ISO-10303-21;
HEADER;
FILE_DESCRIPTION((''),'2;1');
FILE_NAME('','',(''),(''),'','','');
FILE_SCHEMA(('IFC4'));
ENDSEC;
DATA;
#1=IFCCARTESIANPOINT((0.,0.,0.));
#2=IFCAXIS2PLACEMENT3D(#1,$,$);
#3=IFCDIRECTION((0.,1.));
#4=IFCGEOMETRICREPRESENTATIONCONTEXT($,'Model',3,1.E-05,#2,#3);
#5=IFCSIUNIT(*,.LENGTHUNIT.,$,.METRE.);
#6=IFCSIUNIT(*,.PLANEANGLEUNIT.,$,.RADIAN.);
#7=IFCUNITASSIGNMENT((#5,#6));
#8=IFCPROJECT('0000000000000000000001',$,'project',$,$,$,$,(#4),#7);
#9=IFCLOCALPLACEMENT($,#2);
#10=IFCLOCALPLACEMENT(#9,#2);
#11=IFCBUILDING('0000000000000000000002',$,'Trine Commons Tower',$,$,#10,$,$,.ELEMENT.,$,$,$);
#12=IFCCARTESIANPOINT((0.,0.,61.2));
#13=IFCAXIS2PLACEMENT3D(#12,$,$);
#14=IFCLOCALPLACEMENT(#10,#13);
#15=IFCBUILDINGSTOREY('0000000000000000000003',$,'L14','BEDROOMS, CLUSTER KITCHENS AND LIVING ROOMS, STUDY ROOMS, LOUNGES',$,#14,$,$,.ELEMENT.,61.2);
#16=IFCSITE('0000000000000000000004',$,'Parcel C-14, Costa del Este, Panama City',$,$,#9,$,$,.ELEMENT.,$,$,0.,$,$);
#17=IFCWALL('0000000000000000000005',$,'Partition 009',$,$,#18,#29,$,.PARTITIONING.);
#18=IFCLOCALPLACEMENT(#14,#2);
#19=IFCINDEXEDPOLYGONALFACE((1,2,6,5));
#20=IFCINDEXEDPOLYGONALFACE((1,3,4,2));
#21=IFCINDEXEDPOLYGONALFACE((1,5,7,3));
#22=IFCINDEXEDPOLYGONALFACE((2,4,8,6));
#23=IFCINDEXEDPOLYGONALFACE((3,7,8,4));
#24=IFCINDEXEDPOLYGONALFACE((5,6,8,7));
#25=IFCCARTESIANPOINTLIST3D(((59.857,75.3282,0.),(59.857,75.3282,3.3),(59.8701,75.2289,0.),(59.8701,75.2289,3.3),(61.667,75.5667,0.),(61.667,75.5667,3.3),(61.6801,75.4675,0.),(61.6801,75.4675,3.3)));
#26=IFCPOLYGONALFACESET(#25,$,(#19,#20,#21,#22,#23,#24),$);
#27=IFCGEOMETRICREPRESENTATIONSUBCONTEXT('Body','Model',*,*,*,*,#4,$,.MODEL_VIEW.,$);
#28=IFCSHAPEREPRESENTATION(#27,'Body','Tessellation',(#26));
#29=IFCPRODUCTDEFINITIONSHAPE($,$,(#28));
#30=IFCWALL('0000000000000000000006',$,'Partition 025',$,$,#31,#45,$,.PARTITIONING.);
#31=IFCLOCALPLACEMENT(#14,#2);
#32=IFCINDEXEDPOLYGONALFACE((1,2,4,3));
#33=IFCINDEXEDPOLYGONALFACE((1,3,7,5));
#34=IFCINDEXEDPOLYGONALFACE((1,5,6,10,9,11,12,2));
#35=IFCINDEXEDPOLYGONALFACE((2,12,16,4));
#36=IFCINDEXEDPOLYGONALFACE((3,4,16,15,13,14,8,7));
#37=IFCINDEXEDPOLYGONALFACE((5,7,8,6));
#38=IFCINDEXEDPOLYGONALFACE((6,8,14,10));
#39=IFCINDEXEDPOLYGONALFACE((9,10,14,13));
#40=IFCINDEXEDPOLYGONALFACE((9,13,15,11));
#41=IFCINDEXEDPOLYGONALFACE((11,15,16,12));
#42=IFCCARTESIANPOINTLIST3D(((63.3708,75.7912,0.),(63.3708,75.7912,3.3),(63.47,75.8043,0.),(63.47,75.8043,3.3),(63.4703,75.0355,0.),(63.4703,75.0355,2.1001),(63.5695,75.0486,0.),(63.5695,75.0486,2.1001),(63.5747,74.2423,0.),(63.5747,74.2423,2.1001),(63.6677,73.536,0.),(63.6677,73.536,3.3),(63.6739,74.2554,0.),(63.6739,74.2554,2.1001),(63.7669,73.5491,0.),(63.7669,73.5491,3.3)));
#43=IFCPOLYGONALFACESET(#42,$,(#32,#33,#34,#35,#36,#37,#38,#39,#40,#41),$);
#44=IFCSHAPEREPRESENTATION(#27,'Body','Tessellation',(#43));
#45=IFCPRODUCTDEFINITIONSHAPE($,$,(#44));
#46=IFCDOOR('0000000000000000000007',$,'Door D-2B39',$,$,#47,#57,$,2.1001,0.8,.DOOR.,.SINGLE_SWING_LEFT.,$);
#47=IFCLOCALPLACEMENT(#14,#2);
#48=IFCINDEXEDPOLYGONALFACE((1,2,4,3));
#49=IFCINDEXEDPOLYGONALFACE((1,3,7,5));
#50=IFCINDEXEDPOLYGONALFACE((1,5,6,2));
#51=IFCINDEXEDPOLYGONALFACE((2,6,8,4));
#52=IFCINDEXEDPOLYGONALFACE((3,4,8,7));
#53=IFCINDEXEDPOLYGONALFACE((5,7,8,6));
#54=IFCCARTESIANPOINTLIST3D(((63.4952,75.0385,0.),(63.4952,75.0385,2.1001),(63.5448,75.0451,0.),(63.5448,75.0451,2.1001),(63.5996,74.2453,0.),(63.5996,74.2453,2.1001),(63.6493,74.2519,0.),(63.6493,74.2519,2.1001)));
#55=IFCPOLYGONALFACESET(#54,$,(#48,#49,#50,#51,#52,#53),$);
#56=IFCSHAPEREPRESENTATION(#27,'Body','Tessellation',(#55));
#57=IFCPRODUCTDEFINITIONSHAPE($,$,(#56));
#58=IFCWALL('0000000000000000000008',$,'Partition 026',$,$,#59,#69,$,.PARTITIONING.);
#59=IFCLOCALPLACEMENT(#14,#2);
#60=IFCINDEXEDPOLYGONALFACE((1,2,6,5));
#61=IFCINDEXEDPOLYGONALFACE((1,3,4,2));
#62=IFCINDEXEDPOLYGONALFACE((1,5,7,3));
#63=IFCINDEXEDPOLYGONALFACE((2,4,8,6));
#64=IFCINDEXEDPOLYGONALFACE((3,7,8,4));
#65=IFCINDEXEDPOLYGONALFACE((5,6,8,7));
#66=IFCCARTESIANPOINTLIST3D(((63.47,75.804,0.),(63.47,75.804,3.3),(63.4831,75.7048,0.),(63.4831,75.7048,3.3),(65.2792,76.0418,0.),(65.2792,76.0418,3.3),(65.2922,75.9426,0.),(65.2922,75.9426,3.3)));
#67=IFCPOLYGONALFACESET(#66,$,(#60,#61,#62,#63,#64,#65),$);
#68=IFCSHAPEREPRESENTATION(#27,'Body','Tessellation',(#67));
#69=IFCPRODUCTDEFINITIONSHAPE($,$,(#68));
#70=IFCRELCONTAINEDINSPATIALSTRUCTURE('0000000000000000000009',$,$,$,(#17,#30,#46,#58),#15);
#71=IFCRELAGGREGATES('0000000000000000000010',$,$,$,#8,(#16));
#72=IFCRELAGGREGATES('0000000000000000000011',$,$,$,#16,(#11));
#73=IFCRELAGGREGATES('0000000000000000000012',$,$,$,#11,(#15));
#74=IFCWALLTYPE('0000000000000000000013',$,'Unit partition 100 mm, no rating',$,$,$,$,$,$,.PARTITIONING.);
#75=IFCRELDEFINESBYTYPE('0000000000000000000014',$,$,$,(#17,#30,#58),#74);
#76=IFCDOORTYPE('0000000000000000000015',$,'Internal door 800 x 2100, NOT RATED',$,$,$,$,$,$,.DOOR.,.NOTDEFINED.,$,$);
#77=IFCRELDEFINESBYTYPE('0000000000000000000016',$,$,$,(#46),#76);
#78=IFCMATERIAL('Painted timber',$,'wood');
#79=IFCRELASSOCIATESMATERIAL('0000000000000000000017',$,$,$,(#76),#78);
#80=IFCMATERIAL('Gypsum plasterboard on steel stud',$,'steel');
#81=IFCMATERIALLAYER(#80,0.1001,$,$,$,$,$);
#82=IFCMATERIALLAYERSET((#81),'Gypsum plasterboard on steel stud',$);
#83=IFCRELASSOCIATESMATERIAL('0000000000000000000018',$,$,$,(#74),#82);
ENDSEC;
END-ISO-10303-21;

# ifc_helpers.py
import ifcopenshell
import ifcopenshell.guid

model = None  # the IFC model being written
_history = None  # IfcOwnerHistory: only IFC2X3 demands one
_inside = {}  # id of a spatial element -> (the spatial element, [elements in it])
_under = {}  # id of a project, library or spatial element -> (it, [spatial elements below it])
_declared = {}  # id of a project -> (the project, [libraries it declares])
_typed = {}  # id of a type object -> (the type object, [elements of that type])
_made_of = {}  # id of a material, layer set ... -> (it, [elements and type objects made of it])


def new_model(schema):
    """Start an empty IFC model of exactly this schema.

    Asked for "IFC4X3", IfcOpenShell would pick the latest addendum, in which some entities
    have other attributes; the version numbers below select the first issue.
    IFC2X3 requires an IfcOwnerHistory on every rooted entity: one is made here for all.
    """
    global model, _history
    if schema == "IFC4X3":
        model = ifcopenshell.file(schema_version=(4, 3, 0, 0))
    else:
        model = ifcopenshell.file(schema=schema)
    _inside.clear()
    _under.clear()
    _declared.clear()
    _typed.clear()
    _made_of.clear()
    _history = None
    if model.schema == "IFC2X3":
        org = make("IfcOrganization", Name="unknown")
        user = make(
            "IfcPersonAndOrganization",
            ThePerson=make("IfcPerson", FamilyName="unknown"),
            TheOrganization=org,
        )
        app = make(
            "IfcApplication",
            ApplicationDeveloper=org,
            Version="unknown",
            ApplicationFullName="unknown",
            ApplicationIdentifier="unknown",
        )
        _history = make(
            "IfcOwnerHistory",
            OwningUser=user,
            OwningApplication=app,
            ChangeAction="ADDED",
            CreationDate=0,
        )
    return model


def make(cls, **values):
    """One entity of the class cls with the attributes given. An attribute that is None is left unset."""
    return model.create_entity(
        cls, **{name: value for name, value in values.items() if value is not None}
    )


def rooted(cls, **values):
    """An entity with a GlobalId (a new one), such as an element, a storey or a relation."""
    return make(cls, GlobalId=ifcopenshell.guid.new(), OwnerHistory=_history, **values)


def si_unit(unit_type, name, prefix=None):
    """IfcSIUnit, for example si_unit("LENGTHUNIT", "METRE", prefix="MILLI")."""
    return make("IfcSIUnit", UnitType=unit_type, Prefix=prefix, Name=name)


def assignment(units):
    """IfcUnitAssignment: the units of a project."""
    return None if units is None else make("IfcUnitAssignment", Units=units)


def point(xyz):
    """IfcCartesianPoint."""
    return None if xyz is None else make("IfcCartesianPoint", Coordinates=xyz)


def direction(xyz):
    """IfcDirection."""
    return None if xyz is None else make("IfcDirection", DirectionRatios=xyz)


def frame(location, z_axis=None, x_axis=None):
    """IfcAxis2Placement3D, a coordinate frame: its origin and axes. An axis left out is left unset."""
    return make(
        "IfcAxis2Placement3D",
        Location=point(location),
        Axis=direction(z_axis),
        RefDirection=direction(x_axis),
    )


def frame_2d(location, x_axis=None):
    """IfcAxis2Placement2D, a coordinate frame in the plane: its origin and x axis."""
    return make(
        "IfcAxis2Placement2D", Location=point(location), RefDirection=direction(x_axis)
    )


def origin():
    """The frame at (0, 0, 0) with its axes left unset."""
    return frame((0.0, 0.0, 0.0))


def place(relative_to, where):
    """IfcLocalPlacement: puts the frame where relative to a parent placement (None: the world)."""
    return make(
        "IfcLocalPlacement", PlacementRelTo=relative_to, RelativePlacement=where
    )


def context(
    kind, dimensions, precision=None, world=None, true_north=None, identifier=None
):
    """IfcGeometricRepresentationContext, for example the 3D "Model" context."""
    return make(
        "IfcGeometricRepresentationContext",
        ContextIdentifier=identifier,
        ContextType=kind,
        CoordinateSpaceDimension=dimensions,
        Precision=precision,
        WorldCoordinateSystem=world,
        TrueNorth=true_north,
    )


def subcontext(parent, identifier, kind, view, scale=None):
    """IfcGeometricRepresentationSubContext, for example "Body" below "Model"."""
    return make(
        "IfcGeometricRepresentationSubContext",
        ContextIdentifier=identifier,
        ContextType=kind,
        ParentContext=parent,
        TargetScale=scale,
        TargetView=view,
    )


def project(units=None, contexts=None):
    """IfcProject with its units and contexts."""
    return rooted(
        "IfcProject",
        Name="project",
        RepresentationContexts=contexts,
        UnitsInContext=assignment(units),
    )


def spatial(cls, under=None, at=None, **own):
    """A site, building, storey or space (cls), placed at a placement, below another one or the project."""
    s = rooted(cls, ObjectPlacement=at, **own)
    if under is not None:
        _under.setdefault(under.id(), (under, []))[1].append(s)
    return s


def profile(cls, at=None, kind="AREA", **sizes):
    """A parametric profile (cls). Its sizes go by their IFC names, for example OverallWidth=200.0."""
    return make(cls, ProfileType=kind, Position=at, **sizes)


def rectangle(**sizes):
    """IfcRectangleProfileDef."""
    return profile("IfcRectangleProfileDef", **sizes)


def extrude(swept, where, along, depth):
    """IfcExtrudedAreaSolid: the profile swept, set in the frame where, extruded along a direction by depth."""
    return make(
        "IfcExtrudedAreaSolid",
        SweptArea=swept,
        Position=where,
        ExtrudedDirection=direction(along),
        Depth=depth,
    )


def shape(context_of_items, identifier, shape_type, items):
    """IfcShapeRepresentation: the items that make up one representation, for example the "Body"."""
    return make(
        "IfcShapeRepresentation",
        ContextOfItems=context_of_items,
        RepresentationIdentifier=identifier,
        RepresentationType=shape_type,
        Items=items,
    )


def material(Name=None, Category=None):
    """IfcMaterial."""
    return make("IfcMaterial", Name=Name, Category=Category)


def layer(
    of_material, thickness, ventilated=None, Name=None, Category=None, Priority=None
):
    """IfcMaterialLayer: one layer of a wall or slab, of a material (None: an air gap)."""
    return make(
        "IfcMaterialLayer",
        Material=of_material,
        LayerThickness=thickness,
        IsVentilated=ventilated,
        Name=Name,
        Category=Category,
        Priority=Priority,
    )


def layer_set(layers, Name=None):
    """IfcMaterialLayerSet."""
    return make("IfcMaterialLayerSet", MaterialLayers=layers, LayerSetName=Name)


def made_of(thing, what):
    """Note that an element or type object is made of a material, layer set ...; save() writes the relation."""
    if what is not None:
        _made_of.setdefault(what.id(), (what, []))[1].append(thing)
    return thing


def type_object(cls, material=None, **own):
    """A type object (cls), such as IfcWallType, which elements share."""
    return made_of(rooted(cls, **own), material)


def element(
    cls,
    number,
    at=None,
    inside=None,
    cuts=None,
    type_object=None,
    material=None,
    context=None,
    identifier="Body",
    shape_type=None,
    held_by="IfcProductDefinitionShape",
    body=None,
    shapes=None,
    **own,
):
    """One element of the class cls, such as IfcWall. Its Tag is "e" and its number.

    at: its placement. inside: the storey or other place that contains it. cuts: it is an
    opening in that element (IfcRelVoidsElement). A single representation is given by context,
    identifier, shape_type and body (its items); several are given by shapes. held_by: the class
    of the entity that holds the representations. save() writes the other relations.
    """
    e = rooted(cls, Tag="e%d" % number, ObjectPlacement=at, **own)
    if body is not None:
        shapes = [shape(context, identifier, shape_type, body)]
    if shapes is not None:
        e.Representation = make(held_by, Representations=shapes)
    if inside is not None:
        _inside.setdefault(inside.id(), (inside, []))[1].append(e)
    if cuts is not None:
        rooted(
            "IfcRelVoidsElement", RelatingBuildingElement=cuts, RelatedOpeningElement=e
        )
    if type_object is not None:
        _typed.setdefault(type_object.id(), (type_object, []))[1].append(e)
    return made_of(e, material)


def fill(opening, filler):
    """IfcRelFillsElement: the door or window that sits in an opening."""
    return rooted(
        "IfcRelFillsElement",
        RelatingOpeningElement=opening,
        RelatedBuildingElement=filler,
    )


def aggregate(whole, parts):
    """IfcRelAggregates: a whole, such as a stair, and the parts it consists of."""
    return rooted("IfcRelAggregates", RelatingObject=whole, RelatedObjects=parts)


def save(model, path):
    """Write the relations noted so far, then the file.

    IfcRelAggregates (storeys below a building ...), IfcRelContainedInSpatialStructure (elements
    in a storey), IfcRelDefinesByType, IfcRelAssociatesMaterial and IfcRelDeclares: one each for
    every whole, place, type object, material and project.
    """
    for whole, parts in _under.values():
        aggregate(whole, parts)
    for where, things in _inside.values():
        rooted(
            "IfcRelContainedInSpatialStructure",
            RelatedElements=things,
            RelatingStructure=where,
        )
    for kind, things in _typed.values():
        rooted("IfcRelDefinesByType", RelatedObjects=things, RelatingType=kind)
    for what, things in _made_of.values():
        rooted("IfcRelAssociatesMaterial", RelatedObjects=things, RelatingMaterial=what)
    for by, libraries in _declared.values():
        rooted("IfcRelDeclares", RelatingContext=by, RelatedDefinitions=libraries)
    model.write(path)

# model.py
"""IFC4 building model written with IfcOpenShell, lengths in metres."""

from ifc_helpers import new_model, si_unit, direction, frame, frame_2d, origin, place, context, subcontext, project, spatial, rectangle, extrude, material, layer, layer_set, type_object, element, fill, save


model = new_model("IFC4")

# Units and contexts
model_context = context("Model", 3, precision=1e-05, world=origin(), true_north=direction((0.0, 1.0)))
body_context = subcontext(model_context, "Body", "Model", "MODEL_VIEW")
ifc_project = project(units=[si_unit("LENGTHUNIT", "METRE"), si_unit("PLANEANGLEUNIT", "RADIAN")], contexts=[model_context])

# Site, building, storey
site_placement = place(None, origin())
site = spatial("IfcSite", under=ifc_project, at=site_placement, Name="Parcel C-14, Costa del Este, Panama City", CompositionType="ELEMENT", RefElevation=0.0)
building_placement = place(site_placement, origin())
building = spatial("IfcBuilding", under=site, at=building_placement, Name="Trine Commons Tower", CompositionType="ELEMENT")
storey_placement = place(building_placement, frame((0.0, 0.0, 61.2)))
storey = spatial("IfcBuildingStorey", under=building, at=storey_placement, Name="L14", Description="BEDROOMS, CLUSTER KITCHENS AND LIVING ROOMS, STUDY ROOMS, LOUNGES", CompositionType="ELEMENT", Elevation=61.2)

# Shared definitions
ifc_material_1 = material(Name="Gypsum plasterboard on steel stud", Category="steel")

# Shared definitions
ifc_material_2 = material(Name="Painted timber", Category="wood")
door_type_1 = type_object("IfcDoorType", Name="Internal door 800 x 2100, NOT RATED", OperationType="NOTDEFINED", PredefinedType="DOOR", material=ifc_material_2)

# Wall
ifc_layer_1 = layer(ifc_material_1, 0.1001)
ifc_layer_set_1 = layer_set([ifc_layer_1], Name="Gypsum plasterboard on steel stud")
wall_type_1 = type_object("IfcWallType", Name="Unit partition 100 mm, no rating", PredefinedType="PARTITIONING", material=ifc_layer_set_1)
wall_1_placement = place(storey_placement, frame((59.8635, 75.2786, 0.0), z_axis=(0.0, 0.0, 1.0), x_axis=(0.991429, 0.130648, 0.0)))
element("IfcWall", 1, at=wall_1_placement, inside=storey, type_object=wall_type_1, Name="Partition 009", PredefinedType="PARTITIONING", context=body_context, shape_type="SweptSolid", body=[
    extrude(rectangle(XDim=1.8257, YDim=0.1001, at=frame_2d((0.9128, 0.0))), origin(), (0.0, 0.0, 1.0), 3.3),
])

# Wall, opening, door
wall_2_placement = place(storey_placement, frame((63.4204, 75.7976, 0.0), z_axis=(0.0, 0.0, 1.0), x_axis=(0.130518, -0.991446, 0.0)))
wall_2 = element("IfcWall", 2, at=wall_2_placement, inside=storey, type_object=wall_type_1, Name="Partition 025", PredefinedType="PARTITIONING", context=body_context, shape_type="SweptSolid", body=[
    extrude(rectangle(XDim=2.2747, YDim=0.1001, at=frame_2d((1.1372, 0.0))), origin(), (0.0, 0.0, 1.0), 3.3),
])
opening_1_placement = place(wall_2_placement, frame((0.7622, 0.0, 0.0)))
opening_1 = element("IfcOpeningElement", 3, at=opening_1_placement, cuts=wall_2, PredefinedType="OPENING", context=body_context, shape_type="SweptSolid", body=[
    extrude(rectangle(XDim=0.8, YDim=2.1001, at=frame_2d((0.3999, 1.05))), frame((0.0, 0.0601, 0.0), z_axis=(0.0, -1.0, 0.0), x_axis=(1.0, 0.0, 0.0)), (0.0, 0.0, 1.0), 0.1201),
])
door_1_placement = place(opening_1_placement, frame((0.8, 0.0, 0.0), z_axis=(0.0, 0.0, 1.0), x_axis=(-1.0, 0.0, 0.0)))
door_1 = element("IfcDoor", 4, at=door_1_placement, inside=storey, type_object=door_type_1, Name="Door D-2B39", OperationType="SINGLE_SWING_LEFT", OverallHeight=2.1001, OverallWidth=0.8, PredefinedType="DOOR", context=body_context, shape_type="SweptSolid", body=[
    extrude(rectangle(XDim=0.8, YDim=2.1001, at=frame_2d((0.3999, 1.05))), frame((0.0, 0.0249, 0.0), z_axis=(0.0, -1.0, 0.0), x_axis=(1.0, 0.0, 0.0)), (0.0, 0.0, 1.0), 0.05),
])
fill(opening_1, door_1)

# Wall
wall_3_placement = place(storey_placement, frame((63.4766, 75.7544, 0.0), z_axis=(0.0, 0.0, 1.0), x_axis=(0.991472, 0.130323, 0.0)))
element("IfcWall", 5, at=wall_3_placement, inside=storey, type_object=wall_type_1, Name="Partition 026", PredefinedType="PARTITIONING", context=body_context, shape_type="SweptSolid", body=[
    extrude(rectangle(XDim=1.8247, YDim=0.1001, at=frame_2d((0.9124, 0.0))), origin(), (0.0, 0.0, 1.0), 3.3),
])

save(model, "model.ifc")
